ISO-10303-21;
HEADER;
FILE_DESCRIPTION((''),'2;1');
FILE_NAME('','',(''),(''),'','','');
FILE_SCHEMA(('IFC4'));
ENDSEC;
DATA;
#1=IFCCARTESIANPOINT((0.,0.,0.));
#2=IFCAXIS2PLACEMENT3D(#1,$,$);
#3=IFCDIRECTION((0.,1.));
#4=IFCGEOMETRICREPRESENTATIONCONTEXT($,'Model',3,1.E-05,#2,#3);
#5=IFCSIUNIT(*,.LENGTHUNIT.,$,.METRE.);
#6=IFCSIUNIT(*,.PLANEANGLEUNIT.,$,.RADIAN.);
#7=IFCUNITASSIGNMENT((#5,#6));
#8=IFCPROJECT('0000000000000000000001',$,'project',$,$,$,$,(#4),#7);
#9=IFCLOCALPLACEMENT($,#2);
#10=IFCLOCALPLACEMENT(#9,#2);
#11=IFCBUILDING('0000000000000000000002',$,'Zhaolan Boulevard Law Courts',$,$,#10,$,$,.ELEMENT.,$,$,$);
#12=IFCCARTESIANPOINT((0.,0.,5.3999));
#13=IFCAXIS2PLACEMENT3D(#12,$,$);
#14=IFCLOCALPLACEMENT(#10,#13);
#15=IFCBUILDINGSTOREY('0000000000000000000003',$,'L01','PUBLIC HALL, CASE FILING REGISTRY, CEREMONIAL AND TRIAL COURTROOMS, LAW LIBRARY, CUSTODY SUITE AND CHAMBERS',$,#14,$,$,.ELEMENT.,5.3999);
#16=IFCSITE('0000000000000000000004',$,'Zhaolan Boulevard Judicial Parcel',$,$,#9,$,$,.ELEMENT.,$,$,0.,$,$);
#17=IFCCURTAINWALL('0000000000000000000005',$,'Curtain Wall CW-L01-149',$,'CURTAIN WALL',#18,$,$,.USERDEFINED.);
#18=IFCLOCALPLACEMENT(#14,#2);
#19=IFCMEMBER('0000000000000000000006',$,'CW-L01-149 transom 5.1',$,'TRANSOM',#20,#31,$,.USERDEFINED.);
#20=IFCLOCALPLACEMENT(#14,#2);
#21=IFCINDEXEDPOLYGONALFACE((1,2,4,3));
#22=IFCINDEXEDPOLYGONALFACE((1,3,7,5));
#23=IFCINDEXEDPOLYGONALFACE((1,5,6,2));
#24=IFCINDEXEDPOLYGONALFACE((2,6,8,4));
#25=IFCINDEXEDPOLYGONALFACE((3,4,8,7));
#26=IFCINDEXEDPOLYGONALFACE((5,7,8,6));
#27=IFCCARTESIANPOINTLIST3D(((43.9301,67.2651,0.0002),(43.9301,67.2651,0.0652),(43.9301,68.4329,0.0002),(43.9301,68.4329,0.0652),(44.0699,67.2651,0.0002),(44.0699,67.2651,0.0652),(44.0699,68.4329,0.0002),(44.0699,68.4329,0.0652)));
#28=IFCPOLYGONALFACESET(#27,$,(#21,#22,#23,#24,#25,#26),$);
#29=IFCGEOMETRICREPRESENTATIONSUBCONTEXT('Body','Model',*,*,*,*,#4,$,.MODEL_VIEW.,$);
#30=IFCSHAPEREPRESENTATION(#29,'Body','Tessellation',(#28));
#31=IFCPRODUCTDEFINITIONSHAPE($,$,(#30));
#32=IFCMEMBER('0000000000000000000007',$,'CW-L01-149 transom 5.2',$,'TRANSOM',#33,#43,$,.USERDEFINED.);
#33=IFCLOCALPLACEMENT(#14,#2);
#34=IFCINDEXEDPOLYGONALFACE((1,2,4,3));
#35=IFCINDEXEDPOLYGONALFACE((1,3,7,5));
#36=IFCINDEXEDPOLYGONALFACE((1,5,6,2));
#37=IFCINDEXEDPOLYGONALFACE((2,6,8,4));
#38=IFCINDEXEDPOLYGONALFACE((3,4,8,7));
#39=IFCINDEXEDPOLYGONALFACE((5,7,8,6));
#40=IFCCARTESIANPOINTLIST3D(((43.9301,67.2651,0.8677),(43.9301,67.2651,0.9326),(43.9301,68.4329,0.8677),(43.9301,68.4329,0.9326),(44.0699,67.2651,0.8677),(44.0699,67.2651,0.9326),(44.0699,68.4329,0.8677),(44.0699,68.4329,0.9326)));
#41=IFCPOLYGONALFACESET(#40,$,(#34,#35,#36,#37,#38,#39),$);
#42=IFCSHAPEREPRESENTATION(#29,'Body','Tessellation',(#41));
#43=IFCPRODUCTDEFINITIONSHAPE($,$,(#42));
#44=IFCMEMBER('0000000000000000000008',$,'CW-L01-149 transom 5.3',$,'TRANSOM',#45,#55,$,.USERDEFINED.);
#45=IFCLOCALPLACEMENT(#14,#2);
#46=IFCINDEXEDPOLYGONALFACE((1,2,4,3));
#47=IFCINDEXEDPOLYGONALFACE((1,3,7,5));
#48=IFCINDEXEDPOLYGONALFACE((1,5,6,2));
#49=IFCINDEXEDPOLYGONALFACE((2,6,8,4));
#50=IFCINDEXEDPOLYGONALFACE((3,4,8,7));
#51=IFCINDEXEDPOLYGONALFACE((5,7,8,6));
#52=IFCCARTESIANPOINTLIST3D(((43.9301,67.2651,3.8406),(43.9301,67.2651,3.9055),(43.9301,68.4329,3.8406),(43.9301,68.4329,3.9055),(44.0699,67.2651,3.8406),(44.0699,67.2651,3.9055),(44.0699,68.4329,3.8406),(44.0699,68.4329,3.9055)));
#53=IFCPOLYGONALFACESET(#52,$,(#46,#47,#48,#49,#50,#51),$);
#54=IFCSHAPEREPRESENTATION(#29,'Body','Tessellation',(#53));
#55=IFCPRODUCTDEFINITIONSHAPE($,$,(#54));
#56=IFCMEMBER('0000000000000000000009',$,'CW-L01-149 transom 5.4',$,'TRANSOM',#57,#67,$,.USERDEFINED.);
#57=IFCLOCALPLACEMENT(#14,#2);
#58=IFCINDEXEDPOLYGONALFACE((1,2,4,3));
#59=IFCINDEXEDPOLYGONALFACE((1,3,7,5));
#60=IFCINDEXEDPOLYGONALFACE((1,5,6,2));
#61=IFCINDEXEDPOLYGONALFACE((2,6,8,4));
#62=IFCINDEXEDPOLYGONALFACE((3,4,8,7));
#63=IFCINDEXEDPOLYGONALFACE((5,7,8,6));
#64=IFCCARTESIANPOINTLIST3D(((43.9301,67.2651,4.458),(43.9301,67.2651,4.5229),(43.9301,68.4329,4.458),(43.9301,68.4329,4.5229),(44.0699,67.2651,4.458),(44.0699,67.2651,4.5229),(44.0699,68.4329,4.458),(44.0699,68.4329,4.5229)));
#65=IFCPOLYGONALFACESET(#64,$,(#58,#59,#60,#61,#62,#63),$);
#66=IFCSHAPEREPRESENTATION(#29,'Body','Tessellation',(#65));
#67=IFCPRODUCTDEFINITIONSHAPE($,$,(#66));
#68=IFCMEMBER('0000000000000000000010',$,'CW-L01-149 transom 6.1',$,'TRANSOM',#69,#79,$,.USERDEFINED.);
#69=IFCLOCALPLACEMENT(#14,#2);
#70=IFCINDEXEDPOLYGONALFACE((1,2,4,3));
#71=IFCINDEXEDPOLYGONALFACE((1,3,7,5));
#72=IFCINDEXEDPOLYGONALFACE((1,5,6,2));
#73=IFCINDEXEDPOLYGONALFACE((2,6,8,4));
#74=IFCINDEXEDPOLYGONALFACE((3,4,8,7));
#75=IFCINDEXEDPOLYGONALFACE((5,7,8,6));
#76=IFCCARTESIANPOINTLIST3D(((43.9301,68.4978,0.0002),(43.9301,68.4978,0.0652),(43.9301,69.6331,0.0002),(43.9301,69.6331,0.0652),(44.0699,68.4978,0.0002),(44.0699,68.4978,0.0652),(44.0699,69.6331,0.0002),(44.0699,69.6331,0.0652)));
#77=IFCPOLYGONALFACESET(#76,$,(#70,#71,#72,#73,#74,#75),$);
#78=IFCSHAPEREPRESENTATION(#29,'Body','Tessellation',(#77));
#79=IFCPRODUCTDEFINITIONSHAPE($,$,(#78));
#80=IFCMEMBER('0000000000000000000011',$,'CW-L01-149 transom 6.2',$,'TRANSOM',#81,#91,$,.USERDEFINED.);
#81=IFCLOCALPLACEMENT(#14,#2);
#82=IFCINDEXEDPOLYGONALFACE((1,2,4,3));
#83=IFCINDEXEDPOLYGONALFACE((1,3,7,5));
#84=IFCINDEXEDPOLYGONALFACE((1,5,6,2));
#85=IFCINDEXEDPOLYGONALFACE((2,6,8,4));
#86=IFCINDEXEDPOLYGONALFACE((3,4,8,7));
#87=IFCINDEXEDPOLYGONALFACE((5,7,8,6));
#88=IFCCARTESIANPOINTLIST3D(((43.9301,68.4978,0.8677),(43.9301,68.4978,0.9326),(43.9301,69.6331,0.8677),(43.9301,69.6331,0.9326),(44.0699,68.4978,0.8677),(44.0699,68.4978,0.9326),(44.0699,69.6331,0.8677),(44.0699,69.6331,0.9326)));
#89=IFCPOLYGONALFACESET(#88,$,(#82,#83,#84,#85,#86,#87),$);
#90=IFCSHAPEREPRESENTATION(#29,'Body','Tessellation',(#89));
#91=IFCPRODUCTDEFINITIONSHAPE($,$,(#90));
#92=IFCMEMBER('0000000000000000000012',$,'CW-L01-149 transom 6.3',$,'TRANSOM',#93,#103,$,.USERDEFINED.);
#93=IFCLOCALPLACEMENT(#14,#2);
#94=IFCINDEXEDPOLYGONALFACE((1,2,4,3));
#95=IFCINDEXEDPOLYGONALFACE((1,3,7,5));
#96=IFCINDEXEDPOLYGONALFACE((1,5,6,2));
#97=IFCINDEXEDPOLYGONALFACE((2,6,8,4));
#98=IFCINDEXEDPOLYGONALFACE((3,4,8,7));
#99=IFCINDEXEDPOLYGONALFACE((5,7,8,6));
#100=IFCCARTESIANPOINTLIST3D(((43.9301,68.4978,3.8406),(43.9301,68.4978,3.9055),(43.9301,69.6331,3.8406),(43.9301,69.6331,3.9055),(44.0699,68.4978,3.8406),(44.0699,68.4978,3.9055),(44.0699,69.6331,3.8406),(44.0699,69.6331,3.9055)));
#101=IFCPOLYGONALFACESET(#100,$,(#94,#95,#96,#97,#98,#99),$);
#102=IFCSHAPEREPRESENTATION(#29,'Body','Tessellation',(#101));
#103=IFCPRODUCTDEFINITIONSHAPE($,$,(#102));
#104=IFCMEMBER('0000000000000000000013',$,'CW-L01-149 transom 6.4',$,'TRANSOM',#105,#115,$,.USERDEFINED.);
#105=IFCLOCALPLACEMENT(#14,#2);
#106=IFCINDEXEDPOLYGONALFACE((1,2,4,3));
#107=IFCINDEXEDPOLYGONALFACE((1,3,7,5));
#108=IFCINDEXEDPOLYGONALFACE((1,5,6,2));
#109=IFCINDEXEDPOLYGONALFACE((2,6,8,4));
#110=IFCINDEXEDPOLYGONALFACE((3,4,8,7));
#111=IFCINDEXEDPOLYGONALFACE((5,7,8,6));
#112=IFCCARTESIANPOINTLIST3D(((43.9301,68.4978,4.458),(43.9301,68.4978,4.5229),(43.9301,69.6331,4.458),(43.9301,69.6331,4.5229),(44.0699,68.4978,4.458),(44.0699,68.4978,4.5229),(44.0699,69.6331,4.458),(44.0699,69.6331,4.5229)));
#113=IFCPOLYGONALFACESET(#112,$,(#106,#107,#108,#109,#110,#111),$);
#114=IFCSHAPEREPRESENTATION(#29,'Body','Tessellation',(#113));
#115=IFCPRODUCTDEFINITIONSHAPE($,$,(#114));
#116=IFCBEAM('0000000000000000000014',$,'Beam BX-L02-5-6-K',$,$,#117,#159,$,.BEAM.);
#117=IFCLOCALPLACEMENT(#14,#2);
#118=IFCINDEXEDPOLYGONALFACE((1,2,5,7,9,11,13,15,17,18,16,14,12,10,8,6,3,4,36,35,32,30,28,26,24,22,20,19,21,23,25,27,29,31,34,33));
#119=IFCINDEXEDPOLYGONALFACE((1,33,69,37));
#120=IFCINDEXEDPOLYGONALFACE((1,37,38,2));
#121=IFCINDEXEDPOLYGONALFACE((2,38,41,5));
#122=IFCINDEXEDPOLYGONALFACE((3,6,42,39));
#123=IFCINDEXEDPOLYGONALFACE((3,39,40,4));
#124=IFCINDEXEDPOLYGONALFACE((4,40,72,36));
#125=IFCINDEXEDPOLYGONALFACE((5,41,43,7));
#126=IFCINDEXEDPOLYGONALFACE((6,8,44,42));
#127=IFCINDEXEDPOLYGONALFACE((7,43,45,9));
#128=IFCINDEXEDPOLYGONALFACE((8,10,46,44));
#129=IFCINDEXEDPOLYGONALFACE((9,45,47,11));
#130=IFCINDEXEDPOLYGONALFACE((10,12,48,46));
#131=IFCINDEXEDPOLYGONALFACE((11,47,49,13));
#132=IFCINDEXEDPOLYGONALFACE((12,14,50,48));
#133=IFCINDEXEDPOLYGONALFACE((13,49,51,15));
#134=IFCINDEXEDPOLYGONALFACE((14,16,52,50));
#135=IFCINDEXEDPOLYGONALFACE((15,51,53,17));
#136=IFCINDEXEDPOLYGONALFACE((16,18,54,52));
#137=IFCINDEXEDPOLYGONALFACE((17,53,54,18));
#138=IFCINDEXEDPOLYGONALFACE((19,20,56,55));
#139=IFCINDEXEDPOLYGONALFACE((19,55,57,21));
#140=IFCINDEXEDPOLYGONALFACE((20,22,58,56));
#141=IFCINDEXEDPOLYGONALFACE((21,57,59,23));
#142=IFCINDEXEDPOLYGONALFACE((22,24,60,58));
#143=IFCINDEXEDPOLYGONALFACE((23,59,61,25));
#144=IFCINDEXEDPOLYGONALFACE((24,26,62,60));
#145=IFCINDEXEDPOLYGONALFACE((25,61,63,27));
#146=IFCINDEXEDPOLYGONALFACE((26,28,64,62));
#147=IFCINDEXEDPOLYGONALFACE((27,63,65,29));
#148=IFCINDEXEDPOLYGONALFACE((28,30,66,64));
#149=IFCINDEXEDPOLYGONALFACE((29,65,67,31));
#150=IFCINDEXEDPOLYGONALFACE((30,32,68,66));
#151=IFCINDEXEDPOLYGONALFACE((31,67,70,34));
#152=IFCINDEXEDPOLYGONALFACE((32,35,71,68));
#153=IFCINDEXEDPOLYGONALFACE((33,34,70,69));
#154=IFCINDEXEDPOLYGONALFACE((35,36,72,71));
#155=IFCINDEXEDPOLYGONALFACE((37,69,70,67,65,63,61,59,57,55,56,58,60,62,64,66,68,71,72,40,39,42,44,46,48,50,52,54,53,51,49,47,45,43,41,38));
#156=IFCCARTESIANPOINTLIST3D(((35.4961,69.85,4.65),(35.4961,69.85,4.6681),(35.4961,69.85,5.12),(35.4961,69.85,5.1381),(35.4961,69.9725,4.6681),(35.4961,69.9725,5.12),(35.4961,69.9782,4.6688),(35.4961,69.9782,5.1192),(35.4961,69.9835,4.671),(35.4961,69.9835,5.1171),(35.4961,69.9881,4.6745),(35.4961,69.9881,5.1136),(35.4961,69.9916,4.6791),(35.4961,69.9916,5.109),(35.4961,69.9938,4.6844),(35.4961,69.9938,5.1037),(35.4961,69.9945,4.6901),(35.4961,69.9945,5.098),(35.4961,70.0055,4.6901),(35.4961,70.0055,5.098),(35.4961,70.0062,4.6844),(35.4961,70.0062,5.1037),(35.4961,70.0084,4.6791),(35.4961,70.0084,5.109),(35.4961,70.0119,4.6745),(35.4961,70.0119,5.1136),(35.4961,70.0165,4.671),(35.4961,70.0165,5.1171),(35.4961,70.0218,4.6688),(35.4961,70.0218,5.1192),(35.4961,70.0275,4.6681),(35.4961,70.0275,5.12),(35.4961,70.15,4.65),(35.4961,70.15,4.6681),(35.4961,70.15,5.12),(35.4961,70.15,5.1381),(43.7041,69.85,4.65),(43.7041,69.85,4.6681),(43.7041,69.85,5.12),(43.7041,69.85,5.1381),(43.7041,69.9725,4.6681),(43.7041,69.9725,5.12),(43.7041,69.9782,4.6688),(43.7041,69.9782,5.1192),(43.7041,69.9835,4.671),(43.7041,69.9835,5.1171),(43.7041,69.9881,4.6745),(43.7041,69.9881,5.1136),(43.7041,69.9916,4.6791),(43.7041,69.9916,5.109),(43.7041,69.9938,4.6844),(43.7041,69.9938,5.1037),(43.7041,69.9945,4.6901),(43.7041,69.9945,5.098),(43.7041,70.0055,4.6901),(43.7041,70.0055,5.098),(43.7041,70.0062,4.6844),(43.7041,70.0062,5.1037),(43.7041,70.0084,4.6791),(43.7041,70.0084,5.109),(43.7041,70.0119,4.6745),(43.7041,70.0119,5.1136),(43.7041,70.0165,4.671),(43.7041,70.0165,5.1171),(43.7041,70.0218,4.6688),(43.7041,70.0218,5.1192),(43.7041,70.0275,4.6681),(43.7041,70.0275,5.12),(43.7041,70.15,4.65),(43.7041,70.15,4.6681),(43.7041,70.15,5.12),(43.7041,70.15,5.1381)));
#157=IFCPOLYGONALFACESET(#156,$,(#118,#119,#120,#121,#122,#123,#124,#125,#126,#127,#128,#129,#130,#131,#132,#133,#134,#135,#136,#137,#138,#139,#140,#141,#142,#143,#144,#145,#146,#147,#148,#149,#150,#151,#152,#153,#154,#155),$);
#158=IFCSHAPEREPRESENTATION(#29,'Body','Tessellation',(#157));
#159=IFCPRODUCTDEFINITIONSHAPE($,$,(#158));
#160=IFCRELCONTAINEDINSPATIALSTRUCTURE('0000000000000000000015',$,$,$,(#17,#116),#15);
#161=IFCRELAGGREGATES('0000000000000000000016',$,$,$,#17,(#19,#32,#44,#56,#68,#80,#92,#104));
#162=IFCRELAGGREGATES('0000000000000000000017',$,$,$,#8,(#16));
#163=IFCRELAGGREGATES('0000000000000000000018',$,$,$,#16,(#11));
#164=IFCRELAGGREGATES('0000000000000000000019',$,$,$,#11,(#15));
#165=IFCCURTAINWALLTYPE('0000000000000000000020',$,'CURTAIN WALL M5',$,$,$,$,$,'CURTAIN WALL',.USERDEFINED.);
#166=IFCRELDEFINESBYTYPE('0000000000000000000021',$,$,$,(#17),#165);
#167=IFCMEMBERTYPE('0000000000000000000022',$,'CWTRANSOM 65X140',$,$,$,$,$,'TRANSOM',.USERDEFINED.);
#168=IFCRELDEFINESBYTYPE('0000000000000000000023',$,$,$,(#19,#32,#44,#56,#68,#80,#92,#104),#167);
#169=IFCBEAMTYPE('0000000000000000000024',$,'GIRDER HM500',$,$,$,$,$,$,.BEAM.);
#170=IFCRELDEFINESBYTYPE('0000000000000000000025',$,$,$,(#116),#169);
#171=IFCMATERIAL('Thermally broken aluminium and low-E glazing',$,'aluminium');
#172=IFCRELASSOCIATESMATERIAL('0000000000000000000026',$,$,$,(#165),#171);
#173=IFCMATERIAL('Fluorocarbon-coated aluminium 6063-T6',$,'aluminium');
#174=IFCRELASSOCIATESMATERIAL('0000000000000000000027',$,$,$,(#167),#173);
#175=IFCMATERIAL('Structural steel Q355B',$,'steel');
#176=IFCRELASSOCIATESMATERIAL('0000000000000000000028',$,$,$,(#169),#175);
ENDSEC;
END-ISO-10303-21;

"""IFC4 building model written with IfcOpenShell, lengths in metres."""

from ifc_helpers import new_model, si_unit, direction, frame, origin, origin_2d, place, context, subcontext, project, spatial, rectangle, i_section, extrude, material, material_profile, profile_set, type_object, element, aggregate, save


model = new_model("IFC4")

# Units and contexts
model_context = context("Model", 3, precision=1e-05, world=origin(), true_north=direction((0.0, 1.0)))
body_context = subcontext(model_context, "Body", "Model", "MODEL_VIEW")
ifc_project = project(units=[si_unit("LENGTHUNIT", "METRE"), si_unit("PLANEANGLEUNIT", "RADIAN")], contexts=[model_context])

# Site, building, storey
site_placement = place(None, origin())
site = spatial("IfcSite", under=ifc_project, at=site_placement, Name="Zhaolan Boulevard Judicial Parcel", CompositionType="ELEMENT", RefElevation=0.0)
building_placement = place(site_placement, origin())
building = spatial("IfcBuilding", under=site, at=building_placement, Name="Zhaolan Boulevard Law Courts", CompositionType="ELEMENT")
storey_placement = place(building_placement, frame((0.0, 0.0, 5.3999)))
storey = spatial("IfcBuildingStorey", under=building, at=storey_placement, Name="L01", Description="PUBLIC HALL, CASE FILING REGISTRY, CEREMONIAL AND TRIAL COURTROOMS, LAW LIBRARY, CUSTODY SUITE AND CHAMBERS", CompositionType="ELEMENT", Elevation=5.3999)

# Curtain wall
ifc_material_1 = material(Name="Thermally broken aluminium and low-E glazing", Category="aluminium")
curtain_wall_type_1 = type_object("IfcCurtainWallType", Name="CURTAIN WALL M5", ElementType="CURTAIN WALL", PredefinedType="USERDEFINED", material=ifc_material_1)
curtain_wall_1_placement = place(storey_placement, origin())
curtain_wall_1 = element("IfcCurtainWall", 1, at=curtain_wall_1_placement, inside=storey, type_object=curtain_wall_type_1, Name="Curtain Wall CW-L01-149", ObjectType="CURTAIN WALL", PredefinedType="USERDEFINED")

# Members
ifc_material_2 = material(Name="Fluorocarbon-coated aluminium 6063-T6", Category="aluminium")
ifc_material_profile_1 = material_profile(ifc_material_2, rectangle(XDim=0.1399, YDim=0.0649, at=origin_2d()), Name="AL65x140")
ifc_profile_set_1 = profile_set([ifc_material_profile_1], Name="Fluorocarbon-coated aluminium 6063-T6")
member_type_1 = type_object("IfcMemberType", Name="CWTRANSOM 65X140", ElementType="TRANSOM", PredefinedType="USERDEFINED", material=ifc_profile_set_1)
member_1_placement = place(storey_placement, frame((44.0, 67.2651, 0.0327), z_axis=(0.0, 1.0, 0.0), x_axis=(-1.0, 0.0, 0.0)))
member_1 = element("IfcMember", 2, at=member_1_placement, type_object=member_type_1, Name="CW-L01-149 transom 5.1", ObjectType="TRANSOM", PredefinedType="USERDEFINED", context=body_context, shape_type="SweptSolid", body=[
    extrude(rectangle(XDim=0.1399, YDim=0.0649, at=origin_2d()), origin(), (0.0, 0.0, 1.0), 1.1677),
])
member_2_placement = place(storey_placement, frame((44.0, 67.2651, 0.9001), z_axis=(0.0, 1.0, 0.0), x_axis=(-1.0, 0.0, 0.0)))
member_2 = element("IfcMember", 3, at=member_2_placement, type_object=member_type_1, Name="CW-L01-149 transom 5.2", ObjectType="TRANSOM", PredefinedType="USERDEFINED", context=body_context, shape_type="SweptSolid", body=[
    extrude(rectangle(XDim=0.1399, YDim=0.0649, at=origin_2d()), origin(), (0.0, 0.0, 1.0), 1.1677),
])
member_3_placement = place(storey_placement, frame((44.0, 67.2651, 3.873), z_axis=(0.0, 1.0, 0.0), x_axis=(-1.0, 0.0, 0.0)))
member_3 = element("IfcMember", 4, at=member_3_placement, type_object=member_type_1, Name="CW-L01-149 transom 5.3", ObjectType="TRANSOM", PredefinedType="USERDEFINED", context=body_context, shape_type="SweptSolid", body=[
    extrude(rectangle(XDim=0.1399, YDim=0.0649, at=origin_2d()), origin(), (0.0, 0.0, 1.0), 1.1677),
])
member_4_placement = place(storey_placement, frame((44.0, 67.2651, 4.4905), z_axis=(0.0, 1.0, 0.0), x_axis=(-1.0, 0.0, 0.0)))
member_4 = element("IfcMember", 5, at=member_4_placement, type_object=member_type_1, Name="CW-L01-149 transom 5.4", ObjectType="TRANSOM", PredefinedType="USERDEFINED", context=body_context, shape_type="SweptSolid", body=[
    extrude(rectangle(XDim=0.1399, YDim=0.0649, at=origin_2d()), origin(), (0.0, 0.0, 1.0), 1.1677),
])
member_5_placement = place(storey_placement, frame((44.0, 68.4978, 0.0327), z_axis=(0.0, 1.0, 0.0), x_axis=(-1.0, 0.0, 0.0)))
member_5 = element("IfcMember", 6, at=member_5_placement, type_object=member_type_1, Name="CW-L01-149 transom 6.1", ObjectType="TRANSOM", PredefinedType="USERDEFINED", context=body_context, shape_type="SweptSolid", body=[
    extrude(rectangle(XDim=0.1399, YDim=0.0649, at=origin_2d()), origin(), (0.0, 0.0, 1.0), 1.1353),
])
member_6_placement = place(storey_placement, frame((44.0, 68.4978, 0.9001), z_axis=(0.0, 1.0, 0.0), x_axis=(-1.0, 0.0, 0.0)))
member_6 = element("IfcMember", 7, at=member_6_placement, type_object=member_type_1, Name="CW-L01-149 transom 6.2", ObjectType="TRANSOM", PredefinedType="USERDEFINED", context=body_context, shape_type="SweptSolid", body=[
    extrude(rectangle(XDim=0.1399, YDim=0.0649, at=origin_2d()), origin(), (0.0, 0.0, 1.0), 1.1353),
])
member_7_placement = place(storey_placement, frame((44.0, 68.4978, 3.873), z_axis=(0.0, 1.0, 0.0), x_axis=(-1.0, 0.0, 0.0)))
member_7 = element("IfcMember", 8, at=member_7_placement, type_object=member_type_1, Name="CW-L01-149 transom 6.3", ObjectType="TRANSOM", PredefinedType="USERDEFINED", context=body_context, shape_type="SweptSolid", body=[
    extrude(rectangle(XDim=0.1399, YDim=0.0649, at=origin_2d()), origin(), (0.0, 0.0, 1.0), 1.1353),
])
member_8_placement = place(storey_placement, frame((44.0, 68.4978, 4.4905), z_axis=(0.0, 1.0, 0.0), x_axis=(-1.0, 0.0, 0.0)))
member_8 = element("IfcMember", 9, at=member_8_placement, type_object=member_type_1, Name="CW-L01-149 transom 6.4", ObjectType="TRANSOM", PredefinedType="USERDEFINED", context=body_context, shape_type="SweptSolid", body=[
    extrude(rectangle(XDim=0.1399, YDim=0.0649, at=origin_2d()), origin(), (0.0, 0.0, 1.0), 1.1353),
])

# Beam
ifc_material_3 = material(Name="Structural steel Q355B", Category="steel")
ifc_material_profile_2 = material_profile(ifc_material_3, i_section(OverallWidth=0.3, OverallDepth=0.488, WebThickness=0.011, FlangeThickness=0.0181, FilletRadius=0.022, at=origin_2d()), Name="HM488x300")
ifc_profile_set_2 = profile_set([ifc_material_profile_2], Name="Structural steel Q355B")
beam_type_1 = type_object("IfcBeamType", Name="GIRDER HM500", PredefinedType="BEAM", material=ifc_profile_set_2)
beam_1_placement = place(storey_placement, frame((35.4961, 70.0, 4.894), z_axis=(1.0, 0.0, 0.0), x_axis=(0.0, 1.0, 0.0)))
element("IfcBeam", 10, at=beam_1_placement, inside=storey, type_object=beam_type_1, Name="Beam BX-L02-5-6-K", PredefinedType="BEAM", context=body_context, shape_type="SweptSolid", body=[
    extrude(i_section(OverallWidth=0.3, OverallDepth=0.488, WebThickness=0.011, FlangeThickness=0.0181, FilletRadius=0.022, at=origin_2d()), origin(), (0.0, 0.0, 1.0), 8.208),
])

aggregate(curtain_wall_1, [member_1, member_2, member_3, member_4, member_5, member_6, member_7, member_8])

save(model, "model.ifc")
